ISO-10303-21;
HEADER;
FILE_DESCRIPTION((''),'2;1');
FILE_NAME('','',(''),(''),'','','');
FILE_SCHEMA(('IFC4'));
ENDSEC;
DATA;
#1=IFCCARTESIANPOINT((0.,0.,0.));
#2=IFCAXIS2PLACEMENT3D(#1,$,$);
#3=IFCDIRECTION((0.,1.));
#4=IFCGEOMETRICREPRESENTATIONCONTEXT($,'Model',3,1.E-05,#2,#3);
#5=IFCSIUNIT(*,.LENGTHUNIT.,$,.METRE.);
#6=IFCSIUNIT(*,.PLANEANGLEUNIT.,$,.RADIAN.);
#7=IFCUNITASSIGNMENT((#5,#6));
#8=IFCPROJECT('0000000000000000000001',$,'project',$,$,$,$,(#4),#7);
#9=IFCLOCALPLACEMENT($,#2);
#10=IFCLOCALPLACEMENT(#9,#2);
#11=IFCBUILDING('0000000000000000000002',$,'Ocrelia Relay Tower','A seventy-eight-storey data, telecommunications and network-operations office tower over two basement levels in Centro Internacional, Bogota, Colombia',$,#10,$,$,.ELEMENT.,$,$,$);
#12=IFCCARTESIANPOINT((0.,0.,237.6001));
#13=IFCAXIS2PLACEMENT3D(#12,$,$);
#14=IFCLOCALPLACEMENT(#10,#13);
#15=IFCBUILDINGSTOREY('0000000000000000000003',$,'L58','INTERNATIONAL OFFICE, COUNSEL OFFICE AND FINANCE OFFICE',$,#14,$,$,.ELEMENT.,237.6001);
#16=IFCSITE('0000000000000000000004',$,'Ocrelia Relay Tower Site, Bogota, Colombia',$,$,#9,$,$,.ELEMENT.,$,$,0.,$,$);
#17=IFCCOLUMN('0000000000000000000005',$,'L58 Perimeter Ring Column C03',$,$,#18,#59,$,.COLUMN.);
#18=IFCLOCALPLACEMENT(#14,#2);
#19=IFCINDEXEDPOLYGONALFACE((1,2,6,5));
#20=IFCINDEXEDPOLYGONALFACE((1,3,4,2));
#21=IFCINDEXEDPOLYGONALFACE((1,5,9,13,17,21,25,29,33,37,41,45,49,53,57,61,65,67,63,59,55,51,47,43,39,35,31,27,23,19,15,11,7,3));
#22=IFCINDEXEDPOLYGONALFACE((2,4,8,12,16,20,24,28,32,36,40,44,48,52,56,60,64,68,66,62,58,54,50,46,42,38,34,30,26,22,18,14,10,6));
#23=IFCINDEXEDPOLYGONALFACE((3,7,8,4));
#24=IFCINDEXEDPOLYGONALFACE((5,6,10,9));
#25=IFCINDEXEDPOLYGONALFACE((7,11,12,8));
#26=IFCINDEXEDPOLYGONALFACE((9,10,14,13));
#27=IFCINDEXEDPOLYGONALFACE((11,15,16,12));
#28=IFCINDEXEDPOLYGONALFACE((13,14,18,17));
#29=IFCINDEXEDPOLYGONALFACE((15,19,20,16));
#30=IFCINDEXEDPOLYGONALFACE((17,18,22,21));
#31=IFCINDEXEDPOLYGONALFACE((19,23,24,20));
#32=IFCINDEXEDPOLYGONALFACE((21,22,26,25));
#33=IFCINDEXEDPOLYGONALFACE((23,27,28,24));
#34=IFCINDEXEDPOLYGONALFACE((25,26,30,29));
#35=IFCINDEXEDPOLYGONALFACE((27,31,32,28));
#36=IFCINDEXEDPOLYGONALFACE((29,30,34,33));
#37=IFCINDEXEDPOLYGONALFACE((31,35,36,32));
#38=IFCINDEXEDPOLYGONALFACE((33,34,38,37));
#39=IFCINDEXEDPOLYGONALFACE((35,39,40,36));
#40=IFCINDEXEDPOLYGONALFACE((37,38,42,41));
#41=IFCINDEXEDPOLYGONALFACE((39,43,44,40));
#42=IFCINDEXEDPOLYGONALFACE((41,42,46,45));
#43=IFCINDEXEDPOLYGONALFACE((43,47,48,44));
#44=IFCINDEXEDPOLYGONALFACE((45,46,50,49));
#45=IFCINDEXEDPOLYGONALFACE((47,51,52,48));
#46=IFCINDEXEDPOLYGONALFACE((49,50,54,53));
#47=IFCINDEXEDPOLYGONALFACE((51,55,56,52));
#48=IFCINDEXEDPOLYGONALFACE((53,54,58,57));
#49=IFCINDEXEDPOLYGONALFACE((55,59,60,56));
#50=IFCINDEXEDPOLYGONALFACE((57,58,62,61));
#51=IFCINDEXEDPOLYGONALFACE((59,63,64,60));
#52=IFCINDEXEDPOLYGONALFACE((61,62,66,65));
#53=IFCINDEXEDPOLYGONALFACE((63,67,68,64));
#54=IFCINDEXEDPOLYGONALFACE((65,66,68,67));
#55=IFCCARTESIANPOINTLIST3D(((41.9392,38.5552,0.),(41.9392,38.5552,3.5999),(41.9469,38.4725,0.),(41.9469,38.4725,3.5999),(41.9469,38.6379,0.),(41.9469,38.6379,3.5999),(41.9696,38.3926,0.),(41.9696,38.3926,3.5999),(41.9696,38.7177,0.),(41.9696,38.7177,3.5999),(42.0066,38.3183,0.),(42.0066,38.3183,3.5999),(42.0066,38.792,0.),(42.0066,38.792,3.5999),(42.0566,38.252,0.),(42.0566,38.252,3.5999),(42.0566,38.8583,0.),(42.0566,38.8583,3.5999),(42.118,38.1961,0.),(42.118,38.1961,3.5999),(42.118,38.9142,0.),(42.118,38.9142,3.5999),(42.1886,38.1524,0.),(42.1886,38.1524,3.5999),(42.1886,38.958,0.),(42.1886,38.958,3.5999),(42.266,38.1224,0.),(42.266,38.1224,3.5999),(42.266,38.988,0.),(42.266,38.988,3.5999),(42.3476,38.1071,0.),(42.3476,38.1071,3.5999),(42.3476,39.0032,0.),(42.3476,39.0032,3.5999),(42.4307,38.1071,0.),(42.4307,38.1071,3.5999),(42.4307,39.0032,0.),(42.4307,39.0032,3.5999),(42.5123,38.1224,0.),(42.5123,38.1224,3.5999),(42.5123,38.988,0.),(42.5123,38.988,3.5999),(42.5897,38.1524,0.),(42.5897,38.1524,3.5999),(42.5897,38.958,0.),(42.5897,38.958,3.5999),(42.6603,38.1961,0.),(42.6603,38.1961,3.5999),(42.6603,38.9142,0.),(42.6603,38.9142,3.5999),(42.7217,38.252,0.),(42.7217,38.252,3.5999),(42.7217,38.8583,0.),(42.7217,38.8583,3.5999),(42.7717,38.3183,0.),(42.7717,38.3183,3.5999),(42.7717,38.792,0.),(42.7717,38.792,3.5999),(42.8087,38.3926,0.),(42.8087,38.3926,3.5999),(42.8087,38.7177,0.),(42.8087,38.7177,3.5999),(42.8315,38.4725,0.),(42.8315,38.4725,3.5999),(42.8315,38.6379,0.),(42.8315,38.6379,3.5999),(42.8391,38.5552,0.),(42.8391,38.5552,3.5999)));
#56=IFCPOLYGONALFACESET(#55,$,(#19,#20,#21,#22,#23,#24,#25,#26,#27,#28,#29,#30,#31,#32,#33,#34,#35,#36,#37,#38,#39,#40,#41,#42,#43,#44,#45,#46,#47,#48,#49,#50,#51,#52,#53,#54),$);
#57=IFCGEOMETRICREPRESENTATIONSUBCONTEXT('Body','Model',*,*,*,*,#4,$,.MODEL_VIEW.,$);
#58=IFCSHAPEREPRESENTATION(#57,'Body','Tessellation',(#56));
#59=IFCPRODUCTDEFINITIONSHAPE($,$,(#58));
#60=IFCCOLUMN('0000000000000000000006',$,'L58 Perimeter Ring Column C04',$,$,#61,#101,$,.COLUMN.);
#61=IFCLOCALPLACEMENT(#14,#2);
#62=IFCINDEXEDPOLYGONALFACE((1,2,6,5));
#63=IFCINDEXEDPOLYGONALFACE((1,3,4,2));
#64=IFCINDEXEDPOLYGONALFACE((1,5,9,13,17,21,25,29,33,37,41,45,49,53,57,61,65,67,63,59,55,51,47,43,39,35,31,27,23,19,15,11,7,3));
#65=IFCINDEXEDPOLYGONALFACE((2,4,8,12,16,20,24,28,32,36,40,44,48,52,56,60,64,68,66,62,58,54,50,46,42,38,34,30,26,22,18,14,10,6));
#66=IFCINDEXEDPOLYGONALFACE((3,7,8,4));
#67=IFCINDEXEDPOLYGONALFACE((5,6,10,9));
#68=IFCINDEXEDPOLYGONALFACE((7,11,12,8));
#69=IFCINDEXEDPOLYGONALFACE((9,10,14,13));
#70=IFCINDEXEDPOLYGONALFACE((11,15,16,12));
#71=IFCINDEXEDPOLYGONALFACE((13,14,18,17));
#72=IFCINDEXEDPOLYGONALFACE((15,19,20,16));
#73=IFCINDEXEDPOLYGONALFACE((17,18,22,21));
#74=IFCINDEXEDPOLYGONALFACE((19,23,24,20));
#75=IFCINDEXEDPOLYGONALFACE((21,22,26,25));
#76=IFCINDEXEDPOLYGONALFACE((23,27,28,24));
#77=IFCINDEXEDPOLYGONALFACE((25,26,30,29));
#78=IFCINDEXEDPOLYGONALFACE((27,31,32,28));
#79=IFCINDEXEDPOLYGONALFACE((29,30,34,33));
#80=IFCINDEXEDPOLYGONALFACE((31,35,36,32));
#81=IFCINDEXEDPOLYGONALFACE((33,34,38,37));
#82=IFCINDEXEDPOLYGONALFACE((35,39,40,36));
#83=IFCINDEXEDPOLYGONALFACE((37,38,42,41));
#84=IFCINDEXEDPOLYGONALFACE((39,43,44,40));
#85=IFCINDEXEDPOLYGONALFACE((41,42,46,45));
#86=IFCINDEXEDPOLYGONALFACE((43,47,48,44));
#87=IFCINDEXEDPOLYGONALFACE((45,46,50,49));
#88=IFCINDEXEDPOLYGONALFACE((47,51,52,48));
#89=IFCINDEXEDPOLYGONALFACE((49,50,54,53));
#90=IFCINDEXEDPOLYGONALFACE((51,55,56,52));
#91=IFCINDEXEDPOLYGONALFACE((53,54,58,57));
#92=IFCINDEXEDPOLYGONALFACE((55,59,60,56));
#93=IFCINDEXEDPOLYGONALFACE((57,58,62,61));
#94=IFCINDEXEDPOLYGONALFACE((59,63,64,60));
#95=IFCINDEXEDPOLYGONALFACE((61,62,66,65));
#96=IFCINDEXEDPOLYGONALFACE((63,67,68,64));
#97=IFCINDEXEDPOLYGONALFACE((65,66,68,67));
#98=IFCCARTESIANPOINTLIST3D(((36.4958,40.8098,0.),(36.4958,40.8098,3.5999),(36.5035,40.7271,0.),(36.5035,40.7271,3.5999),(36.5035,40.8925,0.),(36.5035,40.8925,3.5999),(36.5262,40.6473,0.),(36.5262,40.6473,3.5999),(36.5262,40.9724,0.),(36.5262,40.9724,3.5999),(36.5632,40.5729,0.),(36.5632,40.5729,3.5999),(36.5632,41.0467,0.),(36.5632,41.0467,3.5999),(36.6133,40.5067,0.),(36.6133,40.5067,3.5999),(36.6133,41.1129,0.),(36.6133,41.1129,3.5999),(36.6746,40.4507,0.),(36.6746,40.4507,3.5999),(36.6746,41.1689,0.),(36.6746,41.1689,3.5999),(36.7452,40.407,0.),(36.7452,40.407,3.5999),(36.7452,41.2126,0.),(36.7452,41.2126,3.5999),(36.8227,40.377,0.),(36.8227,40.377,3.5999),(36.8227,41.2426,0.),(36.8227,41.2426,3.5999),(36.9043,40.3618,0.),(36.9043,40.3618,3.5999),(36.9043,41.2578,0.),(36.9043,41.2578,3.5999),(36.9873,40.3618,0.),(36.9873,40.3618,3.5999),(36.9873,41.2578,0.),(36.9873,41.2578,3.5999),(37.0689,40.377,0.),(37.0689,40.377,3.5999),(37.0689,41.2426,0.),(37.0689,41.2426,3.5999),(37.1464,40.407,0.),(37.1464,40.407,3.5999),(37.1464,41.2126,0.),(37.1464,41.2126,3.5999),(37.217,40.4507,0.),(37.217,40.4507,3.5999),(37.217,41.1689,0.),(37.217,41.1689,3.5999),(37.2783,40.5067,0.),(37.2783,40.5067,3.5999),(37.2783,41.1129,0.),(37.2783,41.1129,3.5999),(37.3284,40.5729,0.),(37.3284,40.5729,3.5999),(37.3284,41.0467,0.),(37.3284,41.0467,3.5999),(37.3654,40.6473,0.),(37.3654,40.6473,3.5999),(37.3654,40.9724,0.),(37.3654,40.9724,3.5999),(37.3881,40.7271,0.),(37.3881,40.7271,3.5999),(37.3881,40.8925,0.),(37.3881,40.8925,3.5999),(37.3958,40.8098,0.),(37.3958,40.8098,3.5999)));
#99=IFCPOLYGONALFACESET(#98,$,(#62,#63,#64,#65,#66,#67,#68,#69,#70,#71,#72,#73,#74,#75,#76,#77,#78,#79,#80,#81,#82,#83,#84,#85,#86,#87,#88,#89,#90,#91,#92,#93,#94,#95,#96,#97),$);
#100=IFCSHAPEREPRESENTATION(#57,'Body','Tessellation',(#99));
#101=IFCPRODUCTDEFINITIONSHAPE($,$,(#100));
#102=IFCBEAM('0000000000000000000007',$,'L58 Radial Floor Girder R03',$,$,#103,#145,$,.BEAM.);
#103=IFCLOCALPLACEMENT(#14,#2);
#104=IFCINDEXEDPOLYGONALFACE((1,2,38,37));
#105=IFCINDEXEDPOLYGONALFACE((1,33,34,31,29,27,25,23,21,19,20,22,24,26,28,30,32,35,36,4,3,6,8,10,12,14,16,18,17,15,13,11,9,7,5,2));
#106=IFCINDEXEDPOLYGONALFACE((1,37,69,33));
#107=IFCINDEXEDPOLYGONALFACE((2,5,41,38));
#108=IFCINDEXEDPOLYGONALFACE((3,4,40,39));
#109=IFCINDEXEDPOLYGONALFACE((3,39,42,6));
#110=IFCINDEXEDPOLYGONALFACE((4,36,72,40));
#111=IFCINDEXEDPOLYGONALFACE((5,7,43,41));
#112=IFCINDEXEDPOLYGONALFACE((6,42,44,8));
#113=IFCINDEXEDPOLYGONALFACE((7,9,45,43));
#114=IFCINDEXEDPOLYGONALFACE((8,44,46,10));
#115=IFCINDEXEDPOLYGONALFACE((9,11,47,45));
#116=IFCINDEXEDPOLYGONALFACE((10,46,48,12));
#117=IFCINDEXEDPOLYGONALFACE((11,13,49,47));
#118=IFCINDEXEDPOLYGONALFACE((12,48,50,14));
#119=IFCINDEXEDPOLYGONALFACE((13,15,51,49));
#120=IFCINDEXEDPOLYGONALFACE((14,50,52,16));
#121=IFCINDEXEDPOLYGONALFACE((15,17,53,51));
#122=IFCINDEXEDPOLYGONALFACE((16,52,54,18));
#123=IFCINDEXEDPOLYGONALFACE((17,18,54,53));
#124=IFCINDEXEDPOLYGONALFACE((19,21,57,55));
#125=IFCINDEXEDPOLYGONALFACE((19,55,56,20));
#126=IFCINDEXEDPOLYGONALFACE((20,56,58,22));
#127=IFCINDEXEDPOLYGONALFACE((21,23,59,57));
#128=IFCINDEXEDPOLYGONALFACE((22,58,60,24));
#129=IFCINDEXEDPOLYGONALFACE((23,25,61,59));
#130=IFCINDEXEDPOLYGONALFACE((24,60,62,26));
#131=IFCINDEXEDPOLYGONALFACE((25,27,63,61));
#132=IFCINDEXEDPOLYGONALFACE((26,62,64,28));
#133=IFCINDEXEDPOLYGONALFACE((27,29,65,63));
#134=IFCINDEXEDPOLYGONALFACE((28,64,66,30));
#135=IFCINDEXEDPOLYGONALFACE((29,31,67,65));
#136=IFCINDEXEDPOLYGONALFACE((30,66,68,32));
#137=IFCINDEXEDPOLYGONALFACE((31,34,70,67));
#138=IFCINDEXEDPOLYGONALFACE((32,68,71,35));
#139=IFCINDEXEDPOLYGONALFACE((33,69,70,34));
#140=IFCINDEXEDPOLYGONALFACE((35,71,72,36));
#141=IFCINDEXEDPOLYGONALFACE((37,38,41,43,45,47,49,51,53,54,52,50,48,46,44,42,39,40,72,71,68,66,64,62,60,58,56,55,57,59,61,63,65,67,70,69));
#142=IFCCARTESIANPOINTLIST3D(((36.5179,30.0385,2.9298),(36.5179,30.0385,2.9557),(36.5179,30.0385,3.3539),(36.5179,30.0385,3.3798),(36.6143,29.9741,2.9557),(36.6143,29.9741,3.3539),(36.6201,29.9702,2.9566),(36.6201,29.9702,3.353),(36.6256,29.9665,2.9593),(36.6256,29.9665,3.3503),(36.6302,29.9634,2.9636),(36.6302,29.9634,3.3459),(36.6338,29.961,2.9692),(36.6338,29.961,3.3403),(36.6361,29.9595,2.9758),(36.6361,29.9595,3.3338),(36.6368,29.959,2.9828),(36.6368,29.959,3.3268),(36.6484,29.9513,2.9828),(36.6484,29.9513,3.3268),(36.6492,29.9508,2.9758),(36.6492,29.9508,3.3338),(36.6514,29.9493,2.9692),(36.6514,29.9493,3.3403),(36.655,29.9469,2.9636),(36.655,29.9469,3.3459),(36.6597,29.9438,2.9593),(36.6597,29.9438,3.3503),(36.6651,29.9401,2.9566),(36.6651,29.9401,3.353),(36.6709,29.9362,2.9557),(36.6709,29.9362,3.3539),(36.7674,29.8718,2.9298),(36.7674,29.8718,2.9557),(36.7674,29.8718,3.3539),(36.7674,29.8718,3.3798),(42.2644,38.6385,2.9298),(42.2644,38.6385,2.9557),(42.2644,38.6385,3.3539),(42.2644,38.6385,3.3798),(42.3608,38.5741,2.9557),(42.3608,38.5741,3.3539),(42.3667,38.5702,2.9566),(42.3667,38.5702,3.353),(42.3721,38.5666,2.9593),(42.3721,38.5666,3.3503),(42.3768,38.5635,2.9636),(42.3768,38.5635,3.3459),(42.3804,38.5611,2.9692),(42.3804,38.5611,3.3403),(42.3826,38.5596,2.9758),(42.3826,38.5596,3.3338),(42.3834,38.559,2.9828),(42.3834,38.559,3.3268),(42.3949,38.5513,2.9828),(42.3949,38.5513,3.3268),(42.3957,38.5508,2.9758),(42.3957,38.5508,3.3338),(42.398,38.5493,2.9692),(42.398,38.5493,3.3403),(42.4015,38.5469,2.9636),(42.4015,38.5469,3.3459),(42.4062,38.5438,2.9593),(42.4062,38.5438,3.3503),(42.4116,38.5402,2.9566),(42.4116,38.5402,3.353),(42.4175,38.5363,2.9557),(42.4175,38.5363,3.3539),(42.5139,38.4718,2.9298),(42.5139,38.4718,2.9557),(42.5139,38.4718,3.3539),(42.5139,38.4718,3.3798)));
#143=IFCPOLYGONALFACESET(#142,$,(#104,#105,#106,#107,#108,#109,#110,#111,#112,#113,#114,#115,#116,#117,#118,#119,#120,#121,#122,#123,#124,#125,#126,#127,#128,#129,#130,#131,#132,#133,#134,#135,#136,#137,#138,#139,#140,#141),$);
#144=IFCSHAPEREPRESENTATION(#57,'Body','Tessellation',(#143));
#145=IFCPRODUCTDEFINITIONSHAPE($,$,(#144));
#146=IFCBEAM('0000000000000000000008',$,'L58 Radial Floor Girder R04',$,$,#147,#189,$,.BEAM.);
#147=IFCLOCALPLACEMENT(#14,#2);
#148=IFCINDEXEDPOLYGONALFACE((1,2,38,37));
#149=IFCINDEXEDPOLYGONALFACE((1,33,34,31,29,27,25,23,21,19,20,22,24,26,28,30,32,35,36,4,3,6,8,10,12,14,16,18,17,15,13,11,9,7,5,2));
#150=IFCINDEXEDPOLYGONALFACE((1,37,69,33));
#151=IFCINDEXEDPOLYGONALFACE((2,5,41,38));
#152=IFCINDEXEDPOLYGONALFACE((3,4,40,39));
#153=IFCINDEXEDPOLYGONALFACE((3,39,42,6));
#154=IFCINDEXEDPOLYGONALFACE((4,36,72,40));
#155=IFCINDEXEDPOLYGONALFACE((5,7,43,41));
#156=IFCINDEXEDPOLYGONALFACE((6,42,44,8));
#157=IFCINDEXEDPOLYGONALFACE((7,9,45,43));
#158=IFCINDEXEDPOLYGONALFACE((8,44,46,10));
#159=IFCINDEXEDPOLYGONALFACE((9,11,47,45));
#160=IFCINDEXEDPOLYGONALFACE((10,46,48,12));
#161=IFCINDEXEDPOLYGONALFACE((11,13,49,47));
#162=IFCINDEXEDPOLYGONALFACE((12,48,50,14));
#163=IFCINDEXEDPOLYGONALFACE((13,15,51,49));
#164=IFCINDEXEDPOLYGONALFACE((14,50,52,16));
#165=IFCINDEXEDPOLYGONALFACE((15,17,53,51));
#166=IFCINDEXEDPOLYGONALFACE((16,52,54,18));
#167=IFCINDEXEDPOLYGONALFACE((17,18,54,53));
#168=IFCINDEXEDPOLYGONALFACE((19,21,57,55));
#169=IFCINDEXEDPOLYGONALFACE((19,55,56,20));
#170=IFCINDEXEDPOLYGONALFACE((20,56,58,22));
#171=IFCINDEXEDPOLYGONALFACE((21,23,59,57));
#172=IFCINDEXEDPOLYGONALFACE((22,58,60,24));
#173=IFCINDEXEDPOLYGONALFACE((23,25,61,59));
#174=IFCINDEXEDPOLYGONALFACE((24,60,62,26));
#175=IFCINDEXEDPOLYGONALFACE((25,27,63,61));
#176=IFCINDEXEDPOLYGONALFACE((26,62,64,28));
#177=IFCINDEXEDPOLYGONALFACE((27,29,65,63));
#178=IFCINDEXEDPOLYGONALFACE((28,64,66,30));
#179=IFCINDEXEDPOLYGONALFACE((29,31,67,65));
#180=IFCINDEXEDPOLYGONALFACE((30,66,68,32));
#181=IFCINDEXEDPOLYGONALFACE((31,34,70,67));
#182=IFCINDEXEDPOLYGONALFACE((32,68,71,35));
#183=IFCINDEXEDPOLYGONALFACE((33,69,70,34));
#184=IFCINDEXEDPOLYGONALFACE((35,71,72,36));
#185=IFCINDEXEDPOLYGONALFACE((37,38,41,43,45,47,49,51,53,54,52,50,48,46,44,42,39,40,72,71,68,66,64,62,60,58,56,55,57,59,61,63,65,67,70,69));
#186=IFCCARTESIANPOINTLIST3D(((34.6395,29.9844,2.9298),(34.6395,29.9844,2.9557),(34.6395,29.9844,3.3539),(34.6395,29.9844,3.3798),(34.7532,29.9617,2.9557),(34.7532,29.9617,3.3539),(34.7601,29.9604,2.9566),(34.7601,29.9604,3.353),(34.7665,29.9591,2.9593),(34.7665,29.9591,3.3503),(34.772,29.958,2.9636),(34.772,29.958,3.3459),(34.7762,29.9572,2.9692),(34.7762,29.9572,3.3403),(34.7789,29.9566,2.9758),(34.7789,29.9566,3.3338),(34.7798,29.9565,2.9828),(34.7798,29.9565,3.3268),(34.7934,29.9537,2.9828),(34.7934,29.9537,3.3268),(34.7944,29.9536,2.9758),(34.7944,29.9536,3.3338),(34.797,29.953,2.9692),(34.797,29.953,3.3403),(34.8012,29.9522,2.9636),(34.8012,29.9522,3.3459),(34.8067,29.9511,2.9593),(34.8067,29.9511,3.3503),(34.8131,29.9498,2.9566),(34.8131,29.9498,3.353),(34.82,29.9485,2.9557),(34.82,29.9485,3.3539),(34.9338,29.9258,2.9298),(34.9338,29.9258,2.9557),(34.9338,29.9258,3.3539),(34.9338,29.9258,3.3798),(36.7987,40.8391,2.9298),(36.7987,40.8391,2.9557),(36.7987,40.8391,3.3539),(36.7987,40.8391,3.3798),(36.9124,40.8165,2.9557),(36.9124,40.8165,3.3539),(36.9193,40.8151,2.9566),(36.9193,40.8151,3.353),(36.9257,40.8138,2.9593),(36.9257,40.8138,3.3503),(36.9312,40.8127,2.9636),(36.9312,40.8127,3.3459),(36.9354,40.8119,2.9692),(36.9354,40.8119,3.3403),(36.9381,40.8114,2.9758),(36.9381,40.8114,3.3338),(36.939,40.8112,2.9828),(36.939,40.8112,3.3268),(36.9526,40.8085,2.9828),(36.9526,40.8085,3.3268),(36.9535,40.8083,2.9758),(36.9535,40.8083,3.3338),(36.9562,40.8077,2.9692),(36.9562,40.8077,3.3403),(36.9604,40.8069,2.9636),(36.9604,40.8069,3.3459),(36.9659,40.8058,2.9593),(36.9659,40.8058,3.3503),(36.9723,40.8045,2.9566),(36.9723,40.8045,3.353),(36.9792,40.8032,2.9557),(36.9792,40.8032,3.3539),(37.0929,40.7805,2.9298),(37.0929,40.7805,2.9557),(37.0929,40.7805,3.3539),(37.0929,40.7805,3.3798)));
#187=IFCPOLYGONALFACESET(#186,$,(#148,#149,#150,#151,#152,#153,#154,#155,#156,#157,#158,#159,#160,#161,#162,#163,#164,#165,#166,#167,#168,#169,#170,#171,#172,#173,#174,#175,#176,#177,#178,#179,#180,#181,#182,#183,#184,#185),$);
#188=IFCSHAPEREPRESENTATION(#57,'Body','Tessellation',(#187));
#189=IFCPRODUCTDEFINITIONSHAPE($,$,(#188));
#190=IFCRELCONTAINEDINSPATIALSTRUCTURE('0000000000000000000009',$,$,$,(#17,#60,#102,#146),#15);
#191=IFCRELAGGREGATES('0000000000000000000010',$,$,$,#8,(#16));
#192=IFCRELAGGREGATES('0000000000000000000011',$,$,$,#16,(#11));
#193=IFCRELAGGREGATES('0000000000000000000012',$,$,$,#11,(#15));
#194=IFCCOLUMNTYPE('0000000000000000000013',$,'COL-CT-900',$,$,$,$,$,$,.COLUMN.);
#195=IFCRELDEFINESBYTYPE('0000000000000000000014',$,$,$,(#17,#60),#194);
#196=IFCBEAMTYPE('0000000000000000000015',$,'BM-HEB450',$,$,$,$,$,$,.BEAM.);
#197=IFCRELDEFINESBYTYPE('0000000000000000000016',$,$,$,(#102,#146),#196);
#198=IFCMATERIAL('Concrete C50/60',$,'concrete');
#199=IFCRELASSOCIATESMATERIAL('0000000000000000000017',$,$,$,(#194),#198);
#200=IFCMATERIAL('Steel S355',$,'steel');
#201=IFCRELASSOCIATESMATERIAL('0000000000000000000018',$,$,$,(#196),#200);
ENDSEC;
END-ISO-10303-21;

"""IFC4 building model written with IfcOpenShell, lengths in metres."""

from ifc_helpers import new_model, si_unit, direction, frame, origin, origin_2d, place, context, subcontext, project, spatial, circle, i_section, extrude, material, material_profile, profile_set, type_object, element, save


model = new_model("IFC4")

# Units and contexts
model_context = context("Model", 3, precision=1e-05, world=origin(), true_north=direction((0.0, 1.0)))
body_context = subcontext(model_context, "Body", "Model", "MODEL_VIEW")
ifc_project = project(units=[si_unit("LENGTHUNIT", "METRE"), si_unit("PLANEANGLEUNIT", "RADIAN")], contexts=[model_context])

# Site, building, storey
site_placement = place(None, origin())
site = spatial("IfcSite", under=ifc_project, at=site_placement, Name="Ocrelia Relay Tower Site, Bogota, Colombia", CompositionType="ELEMENT", RefElevation=0.0)
building_placement = place(site_placement, origin())
building = spatial("IfcBuilding", under=site, at=building_placement, Name="Ocrelia Relay Tower", Description="A seventy-eight-storey data, telecommunications and network-operations office tower over two basement levels in Centro Internacional, Bogota, Colombia", CompositionType="ELEMENT")
storey_placement = place(building_placement, frame((0.0, 0.0, 237.6001)))
storey = spatial("IfcBuildingStorey", under=building, at=storey_placement, Name="L58", Description="INTERNATIONAL OFFICE, COUNSEL OFFICE AND FINANCE OFFICE", CompositionType="ELEMENT", Elevation=237.6001)

# Columns
ifc_material_1 = material(Name="Concrete C50/60", Category="concrete")
ifc_material_profile_1 = material_profile(ifc_material_1, circle(Radius=0.45, at=origin_2d()), Name="RC-CIR-900")
ifc_profile_set_1 = profile_set([ifc_material_profile_1], Name="Concrete C50/60")
column_type = type_object("IfcColumnType", Name="COL-CT-900", PredefinedType="COLUMN", material=ifc_profile_set_1)
for number, where, z_axis, x_axis, name in (
    (1, (42.3892, 38.5552, 0.0), (0.0, 0.0, 1.0), (1.0, 0.0, 0.0), "L58 Perimeter Ring Column C03"),
    (2, (36.9458, 40.8098, 0.0), (0.0, 0.0, 1.0), (1.0, 0.0, 0.0), "L58 Perimeter Ring Column C04"),
):
    element("IfcColumn", number, at=place(storey_placement, frame(where, z_axis=z_axis, x_axis=x_axis)), inside=storey, type_object=column_type, Name=name, PredefinedType="COLUMN", context=body_context, shape_type="SweptSolid", body=[
        extrude(circle(Radius=0.45, at=origin_2d()), origin(), (0.0, 0.0, 1.0), 3.5999),
    ])

# Beams
ifc_material_2 = material(Name="Steel S355", Category="steel")
ifc_material_profile_2 = material_profile(ifc_material_2, i_section(OverallWidth=0.3, OverallDepth=0.45, WebThickness=0.0139, FlangeThickness=0.0259, FilletRadius=0.0271, at=origin_2d()), Name="HEB 450")
ifc_profile_set_2 = profile_set([ifc_material_profile_2], Name="Steel S355")
beam_type_1 = type_object("IfcBeamType", Name="BM-HEB450", PredefinedType="BEAM", material=ifc_profile_set_2)
beam_1_placement = place(storey_placement, frame((42.3892, 38.5552, 3.1548), z_axis=(-0.555582, -0.831462, 0.0), x_axis=(0.831462, -0.555582, 0.0)))
element("IfcBeam", 3, at=beam_1_placement, inside=storey, type_object=beam_type_1, Name="L58 Radial Floor Girder R03", PredefinedType="BEAM", context=body_context, shape_type="SweptSolid", body=[
    extrude(i_section(OverallWidth=0.3, OverallDepth=0.45, WebThickness=0.0139, FlangeThickness=0.0259, FilletRadius=0.0271, at=origin_2d()), origin(), (0.0, 0.0, 1.0), 10.3433),
])
beam_2_placement = place(storey_placement, frame((36.9458, 40.8098, 3.1548), z_axis=(-0.195094, -0.980785, 0.0), x_axis=(0.980785, -0.195094, 0.0)))
element("IfcBeam", 4, at=beam_2_placement, inside=storey, type_object=beam_type_1, Name="L58 Radial Floor Girder R04", PredefinedType="BEAM", context=body_context, shape_type="SweptSolid", body=[
    extrude(i_section(OverallWidth=0.3, OverallDepth=0.45, WebThickness=0.0139, FlangeThickness=0.0259, FilletRadius=0.0271, at=origin_2d()), origin(), (0.0, 0.0, 1.0), 11.0674),
])

save(model, "model.ifc")
